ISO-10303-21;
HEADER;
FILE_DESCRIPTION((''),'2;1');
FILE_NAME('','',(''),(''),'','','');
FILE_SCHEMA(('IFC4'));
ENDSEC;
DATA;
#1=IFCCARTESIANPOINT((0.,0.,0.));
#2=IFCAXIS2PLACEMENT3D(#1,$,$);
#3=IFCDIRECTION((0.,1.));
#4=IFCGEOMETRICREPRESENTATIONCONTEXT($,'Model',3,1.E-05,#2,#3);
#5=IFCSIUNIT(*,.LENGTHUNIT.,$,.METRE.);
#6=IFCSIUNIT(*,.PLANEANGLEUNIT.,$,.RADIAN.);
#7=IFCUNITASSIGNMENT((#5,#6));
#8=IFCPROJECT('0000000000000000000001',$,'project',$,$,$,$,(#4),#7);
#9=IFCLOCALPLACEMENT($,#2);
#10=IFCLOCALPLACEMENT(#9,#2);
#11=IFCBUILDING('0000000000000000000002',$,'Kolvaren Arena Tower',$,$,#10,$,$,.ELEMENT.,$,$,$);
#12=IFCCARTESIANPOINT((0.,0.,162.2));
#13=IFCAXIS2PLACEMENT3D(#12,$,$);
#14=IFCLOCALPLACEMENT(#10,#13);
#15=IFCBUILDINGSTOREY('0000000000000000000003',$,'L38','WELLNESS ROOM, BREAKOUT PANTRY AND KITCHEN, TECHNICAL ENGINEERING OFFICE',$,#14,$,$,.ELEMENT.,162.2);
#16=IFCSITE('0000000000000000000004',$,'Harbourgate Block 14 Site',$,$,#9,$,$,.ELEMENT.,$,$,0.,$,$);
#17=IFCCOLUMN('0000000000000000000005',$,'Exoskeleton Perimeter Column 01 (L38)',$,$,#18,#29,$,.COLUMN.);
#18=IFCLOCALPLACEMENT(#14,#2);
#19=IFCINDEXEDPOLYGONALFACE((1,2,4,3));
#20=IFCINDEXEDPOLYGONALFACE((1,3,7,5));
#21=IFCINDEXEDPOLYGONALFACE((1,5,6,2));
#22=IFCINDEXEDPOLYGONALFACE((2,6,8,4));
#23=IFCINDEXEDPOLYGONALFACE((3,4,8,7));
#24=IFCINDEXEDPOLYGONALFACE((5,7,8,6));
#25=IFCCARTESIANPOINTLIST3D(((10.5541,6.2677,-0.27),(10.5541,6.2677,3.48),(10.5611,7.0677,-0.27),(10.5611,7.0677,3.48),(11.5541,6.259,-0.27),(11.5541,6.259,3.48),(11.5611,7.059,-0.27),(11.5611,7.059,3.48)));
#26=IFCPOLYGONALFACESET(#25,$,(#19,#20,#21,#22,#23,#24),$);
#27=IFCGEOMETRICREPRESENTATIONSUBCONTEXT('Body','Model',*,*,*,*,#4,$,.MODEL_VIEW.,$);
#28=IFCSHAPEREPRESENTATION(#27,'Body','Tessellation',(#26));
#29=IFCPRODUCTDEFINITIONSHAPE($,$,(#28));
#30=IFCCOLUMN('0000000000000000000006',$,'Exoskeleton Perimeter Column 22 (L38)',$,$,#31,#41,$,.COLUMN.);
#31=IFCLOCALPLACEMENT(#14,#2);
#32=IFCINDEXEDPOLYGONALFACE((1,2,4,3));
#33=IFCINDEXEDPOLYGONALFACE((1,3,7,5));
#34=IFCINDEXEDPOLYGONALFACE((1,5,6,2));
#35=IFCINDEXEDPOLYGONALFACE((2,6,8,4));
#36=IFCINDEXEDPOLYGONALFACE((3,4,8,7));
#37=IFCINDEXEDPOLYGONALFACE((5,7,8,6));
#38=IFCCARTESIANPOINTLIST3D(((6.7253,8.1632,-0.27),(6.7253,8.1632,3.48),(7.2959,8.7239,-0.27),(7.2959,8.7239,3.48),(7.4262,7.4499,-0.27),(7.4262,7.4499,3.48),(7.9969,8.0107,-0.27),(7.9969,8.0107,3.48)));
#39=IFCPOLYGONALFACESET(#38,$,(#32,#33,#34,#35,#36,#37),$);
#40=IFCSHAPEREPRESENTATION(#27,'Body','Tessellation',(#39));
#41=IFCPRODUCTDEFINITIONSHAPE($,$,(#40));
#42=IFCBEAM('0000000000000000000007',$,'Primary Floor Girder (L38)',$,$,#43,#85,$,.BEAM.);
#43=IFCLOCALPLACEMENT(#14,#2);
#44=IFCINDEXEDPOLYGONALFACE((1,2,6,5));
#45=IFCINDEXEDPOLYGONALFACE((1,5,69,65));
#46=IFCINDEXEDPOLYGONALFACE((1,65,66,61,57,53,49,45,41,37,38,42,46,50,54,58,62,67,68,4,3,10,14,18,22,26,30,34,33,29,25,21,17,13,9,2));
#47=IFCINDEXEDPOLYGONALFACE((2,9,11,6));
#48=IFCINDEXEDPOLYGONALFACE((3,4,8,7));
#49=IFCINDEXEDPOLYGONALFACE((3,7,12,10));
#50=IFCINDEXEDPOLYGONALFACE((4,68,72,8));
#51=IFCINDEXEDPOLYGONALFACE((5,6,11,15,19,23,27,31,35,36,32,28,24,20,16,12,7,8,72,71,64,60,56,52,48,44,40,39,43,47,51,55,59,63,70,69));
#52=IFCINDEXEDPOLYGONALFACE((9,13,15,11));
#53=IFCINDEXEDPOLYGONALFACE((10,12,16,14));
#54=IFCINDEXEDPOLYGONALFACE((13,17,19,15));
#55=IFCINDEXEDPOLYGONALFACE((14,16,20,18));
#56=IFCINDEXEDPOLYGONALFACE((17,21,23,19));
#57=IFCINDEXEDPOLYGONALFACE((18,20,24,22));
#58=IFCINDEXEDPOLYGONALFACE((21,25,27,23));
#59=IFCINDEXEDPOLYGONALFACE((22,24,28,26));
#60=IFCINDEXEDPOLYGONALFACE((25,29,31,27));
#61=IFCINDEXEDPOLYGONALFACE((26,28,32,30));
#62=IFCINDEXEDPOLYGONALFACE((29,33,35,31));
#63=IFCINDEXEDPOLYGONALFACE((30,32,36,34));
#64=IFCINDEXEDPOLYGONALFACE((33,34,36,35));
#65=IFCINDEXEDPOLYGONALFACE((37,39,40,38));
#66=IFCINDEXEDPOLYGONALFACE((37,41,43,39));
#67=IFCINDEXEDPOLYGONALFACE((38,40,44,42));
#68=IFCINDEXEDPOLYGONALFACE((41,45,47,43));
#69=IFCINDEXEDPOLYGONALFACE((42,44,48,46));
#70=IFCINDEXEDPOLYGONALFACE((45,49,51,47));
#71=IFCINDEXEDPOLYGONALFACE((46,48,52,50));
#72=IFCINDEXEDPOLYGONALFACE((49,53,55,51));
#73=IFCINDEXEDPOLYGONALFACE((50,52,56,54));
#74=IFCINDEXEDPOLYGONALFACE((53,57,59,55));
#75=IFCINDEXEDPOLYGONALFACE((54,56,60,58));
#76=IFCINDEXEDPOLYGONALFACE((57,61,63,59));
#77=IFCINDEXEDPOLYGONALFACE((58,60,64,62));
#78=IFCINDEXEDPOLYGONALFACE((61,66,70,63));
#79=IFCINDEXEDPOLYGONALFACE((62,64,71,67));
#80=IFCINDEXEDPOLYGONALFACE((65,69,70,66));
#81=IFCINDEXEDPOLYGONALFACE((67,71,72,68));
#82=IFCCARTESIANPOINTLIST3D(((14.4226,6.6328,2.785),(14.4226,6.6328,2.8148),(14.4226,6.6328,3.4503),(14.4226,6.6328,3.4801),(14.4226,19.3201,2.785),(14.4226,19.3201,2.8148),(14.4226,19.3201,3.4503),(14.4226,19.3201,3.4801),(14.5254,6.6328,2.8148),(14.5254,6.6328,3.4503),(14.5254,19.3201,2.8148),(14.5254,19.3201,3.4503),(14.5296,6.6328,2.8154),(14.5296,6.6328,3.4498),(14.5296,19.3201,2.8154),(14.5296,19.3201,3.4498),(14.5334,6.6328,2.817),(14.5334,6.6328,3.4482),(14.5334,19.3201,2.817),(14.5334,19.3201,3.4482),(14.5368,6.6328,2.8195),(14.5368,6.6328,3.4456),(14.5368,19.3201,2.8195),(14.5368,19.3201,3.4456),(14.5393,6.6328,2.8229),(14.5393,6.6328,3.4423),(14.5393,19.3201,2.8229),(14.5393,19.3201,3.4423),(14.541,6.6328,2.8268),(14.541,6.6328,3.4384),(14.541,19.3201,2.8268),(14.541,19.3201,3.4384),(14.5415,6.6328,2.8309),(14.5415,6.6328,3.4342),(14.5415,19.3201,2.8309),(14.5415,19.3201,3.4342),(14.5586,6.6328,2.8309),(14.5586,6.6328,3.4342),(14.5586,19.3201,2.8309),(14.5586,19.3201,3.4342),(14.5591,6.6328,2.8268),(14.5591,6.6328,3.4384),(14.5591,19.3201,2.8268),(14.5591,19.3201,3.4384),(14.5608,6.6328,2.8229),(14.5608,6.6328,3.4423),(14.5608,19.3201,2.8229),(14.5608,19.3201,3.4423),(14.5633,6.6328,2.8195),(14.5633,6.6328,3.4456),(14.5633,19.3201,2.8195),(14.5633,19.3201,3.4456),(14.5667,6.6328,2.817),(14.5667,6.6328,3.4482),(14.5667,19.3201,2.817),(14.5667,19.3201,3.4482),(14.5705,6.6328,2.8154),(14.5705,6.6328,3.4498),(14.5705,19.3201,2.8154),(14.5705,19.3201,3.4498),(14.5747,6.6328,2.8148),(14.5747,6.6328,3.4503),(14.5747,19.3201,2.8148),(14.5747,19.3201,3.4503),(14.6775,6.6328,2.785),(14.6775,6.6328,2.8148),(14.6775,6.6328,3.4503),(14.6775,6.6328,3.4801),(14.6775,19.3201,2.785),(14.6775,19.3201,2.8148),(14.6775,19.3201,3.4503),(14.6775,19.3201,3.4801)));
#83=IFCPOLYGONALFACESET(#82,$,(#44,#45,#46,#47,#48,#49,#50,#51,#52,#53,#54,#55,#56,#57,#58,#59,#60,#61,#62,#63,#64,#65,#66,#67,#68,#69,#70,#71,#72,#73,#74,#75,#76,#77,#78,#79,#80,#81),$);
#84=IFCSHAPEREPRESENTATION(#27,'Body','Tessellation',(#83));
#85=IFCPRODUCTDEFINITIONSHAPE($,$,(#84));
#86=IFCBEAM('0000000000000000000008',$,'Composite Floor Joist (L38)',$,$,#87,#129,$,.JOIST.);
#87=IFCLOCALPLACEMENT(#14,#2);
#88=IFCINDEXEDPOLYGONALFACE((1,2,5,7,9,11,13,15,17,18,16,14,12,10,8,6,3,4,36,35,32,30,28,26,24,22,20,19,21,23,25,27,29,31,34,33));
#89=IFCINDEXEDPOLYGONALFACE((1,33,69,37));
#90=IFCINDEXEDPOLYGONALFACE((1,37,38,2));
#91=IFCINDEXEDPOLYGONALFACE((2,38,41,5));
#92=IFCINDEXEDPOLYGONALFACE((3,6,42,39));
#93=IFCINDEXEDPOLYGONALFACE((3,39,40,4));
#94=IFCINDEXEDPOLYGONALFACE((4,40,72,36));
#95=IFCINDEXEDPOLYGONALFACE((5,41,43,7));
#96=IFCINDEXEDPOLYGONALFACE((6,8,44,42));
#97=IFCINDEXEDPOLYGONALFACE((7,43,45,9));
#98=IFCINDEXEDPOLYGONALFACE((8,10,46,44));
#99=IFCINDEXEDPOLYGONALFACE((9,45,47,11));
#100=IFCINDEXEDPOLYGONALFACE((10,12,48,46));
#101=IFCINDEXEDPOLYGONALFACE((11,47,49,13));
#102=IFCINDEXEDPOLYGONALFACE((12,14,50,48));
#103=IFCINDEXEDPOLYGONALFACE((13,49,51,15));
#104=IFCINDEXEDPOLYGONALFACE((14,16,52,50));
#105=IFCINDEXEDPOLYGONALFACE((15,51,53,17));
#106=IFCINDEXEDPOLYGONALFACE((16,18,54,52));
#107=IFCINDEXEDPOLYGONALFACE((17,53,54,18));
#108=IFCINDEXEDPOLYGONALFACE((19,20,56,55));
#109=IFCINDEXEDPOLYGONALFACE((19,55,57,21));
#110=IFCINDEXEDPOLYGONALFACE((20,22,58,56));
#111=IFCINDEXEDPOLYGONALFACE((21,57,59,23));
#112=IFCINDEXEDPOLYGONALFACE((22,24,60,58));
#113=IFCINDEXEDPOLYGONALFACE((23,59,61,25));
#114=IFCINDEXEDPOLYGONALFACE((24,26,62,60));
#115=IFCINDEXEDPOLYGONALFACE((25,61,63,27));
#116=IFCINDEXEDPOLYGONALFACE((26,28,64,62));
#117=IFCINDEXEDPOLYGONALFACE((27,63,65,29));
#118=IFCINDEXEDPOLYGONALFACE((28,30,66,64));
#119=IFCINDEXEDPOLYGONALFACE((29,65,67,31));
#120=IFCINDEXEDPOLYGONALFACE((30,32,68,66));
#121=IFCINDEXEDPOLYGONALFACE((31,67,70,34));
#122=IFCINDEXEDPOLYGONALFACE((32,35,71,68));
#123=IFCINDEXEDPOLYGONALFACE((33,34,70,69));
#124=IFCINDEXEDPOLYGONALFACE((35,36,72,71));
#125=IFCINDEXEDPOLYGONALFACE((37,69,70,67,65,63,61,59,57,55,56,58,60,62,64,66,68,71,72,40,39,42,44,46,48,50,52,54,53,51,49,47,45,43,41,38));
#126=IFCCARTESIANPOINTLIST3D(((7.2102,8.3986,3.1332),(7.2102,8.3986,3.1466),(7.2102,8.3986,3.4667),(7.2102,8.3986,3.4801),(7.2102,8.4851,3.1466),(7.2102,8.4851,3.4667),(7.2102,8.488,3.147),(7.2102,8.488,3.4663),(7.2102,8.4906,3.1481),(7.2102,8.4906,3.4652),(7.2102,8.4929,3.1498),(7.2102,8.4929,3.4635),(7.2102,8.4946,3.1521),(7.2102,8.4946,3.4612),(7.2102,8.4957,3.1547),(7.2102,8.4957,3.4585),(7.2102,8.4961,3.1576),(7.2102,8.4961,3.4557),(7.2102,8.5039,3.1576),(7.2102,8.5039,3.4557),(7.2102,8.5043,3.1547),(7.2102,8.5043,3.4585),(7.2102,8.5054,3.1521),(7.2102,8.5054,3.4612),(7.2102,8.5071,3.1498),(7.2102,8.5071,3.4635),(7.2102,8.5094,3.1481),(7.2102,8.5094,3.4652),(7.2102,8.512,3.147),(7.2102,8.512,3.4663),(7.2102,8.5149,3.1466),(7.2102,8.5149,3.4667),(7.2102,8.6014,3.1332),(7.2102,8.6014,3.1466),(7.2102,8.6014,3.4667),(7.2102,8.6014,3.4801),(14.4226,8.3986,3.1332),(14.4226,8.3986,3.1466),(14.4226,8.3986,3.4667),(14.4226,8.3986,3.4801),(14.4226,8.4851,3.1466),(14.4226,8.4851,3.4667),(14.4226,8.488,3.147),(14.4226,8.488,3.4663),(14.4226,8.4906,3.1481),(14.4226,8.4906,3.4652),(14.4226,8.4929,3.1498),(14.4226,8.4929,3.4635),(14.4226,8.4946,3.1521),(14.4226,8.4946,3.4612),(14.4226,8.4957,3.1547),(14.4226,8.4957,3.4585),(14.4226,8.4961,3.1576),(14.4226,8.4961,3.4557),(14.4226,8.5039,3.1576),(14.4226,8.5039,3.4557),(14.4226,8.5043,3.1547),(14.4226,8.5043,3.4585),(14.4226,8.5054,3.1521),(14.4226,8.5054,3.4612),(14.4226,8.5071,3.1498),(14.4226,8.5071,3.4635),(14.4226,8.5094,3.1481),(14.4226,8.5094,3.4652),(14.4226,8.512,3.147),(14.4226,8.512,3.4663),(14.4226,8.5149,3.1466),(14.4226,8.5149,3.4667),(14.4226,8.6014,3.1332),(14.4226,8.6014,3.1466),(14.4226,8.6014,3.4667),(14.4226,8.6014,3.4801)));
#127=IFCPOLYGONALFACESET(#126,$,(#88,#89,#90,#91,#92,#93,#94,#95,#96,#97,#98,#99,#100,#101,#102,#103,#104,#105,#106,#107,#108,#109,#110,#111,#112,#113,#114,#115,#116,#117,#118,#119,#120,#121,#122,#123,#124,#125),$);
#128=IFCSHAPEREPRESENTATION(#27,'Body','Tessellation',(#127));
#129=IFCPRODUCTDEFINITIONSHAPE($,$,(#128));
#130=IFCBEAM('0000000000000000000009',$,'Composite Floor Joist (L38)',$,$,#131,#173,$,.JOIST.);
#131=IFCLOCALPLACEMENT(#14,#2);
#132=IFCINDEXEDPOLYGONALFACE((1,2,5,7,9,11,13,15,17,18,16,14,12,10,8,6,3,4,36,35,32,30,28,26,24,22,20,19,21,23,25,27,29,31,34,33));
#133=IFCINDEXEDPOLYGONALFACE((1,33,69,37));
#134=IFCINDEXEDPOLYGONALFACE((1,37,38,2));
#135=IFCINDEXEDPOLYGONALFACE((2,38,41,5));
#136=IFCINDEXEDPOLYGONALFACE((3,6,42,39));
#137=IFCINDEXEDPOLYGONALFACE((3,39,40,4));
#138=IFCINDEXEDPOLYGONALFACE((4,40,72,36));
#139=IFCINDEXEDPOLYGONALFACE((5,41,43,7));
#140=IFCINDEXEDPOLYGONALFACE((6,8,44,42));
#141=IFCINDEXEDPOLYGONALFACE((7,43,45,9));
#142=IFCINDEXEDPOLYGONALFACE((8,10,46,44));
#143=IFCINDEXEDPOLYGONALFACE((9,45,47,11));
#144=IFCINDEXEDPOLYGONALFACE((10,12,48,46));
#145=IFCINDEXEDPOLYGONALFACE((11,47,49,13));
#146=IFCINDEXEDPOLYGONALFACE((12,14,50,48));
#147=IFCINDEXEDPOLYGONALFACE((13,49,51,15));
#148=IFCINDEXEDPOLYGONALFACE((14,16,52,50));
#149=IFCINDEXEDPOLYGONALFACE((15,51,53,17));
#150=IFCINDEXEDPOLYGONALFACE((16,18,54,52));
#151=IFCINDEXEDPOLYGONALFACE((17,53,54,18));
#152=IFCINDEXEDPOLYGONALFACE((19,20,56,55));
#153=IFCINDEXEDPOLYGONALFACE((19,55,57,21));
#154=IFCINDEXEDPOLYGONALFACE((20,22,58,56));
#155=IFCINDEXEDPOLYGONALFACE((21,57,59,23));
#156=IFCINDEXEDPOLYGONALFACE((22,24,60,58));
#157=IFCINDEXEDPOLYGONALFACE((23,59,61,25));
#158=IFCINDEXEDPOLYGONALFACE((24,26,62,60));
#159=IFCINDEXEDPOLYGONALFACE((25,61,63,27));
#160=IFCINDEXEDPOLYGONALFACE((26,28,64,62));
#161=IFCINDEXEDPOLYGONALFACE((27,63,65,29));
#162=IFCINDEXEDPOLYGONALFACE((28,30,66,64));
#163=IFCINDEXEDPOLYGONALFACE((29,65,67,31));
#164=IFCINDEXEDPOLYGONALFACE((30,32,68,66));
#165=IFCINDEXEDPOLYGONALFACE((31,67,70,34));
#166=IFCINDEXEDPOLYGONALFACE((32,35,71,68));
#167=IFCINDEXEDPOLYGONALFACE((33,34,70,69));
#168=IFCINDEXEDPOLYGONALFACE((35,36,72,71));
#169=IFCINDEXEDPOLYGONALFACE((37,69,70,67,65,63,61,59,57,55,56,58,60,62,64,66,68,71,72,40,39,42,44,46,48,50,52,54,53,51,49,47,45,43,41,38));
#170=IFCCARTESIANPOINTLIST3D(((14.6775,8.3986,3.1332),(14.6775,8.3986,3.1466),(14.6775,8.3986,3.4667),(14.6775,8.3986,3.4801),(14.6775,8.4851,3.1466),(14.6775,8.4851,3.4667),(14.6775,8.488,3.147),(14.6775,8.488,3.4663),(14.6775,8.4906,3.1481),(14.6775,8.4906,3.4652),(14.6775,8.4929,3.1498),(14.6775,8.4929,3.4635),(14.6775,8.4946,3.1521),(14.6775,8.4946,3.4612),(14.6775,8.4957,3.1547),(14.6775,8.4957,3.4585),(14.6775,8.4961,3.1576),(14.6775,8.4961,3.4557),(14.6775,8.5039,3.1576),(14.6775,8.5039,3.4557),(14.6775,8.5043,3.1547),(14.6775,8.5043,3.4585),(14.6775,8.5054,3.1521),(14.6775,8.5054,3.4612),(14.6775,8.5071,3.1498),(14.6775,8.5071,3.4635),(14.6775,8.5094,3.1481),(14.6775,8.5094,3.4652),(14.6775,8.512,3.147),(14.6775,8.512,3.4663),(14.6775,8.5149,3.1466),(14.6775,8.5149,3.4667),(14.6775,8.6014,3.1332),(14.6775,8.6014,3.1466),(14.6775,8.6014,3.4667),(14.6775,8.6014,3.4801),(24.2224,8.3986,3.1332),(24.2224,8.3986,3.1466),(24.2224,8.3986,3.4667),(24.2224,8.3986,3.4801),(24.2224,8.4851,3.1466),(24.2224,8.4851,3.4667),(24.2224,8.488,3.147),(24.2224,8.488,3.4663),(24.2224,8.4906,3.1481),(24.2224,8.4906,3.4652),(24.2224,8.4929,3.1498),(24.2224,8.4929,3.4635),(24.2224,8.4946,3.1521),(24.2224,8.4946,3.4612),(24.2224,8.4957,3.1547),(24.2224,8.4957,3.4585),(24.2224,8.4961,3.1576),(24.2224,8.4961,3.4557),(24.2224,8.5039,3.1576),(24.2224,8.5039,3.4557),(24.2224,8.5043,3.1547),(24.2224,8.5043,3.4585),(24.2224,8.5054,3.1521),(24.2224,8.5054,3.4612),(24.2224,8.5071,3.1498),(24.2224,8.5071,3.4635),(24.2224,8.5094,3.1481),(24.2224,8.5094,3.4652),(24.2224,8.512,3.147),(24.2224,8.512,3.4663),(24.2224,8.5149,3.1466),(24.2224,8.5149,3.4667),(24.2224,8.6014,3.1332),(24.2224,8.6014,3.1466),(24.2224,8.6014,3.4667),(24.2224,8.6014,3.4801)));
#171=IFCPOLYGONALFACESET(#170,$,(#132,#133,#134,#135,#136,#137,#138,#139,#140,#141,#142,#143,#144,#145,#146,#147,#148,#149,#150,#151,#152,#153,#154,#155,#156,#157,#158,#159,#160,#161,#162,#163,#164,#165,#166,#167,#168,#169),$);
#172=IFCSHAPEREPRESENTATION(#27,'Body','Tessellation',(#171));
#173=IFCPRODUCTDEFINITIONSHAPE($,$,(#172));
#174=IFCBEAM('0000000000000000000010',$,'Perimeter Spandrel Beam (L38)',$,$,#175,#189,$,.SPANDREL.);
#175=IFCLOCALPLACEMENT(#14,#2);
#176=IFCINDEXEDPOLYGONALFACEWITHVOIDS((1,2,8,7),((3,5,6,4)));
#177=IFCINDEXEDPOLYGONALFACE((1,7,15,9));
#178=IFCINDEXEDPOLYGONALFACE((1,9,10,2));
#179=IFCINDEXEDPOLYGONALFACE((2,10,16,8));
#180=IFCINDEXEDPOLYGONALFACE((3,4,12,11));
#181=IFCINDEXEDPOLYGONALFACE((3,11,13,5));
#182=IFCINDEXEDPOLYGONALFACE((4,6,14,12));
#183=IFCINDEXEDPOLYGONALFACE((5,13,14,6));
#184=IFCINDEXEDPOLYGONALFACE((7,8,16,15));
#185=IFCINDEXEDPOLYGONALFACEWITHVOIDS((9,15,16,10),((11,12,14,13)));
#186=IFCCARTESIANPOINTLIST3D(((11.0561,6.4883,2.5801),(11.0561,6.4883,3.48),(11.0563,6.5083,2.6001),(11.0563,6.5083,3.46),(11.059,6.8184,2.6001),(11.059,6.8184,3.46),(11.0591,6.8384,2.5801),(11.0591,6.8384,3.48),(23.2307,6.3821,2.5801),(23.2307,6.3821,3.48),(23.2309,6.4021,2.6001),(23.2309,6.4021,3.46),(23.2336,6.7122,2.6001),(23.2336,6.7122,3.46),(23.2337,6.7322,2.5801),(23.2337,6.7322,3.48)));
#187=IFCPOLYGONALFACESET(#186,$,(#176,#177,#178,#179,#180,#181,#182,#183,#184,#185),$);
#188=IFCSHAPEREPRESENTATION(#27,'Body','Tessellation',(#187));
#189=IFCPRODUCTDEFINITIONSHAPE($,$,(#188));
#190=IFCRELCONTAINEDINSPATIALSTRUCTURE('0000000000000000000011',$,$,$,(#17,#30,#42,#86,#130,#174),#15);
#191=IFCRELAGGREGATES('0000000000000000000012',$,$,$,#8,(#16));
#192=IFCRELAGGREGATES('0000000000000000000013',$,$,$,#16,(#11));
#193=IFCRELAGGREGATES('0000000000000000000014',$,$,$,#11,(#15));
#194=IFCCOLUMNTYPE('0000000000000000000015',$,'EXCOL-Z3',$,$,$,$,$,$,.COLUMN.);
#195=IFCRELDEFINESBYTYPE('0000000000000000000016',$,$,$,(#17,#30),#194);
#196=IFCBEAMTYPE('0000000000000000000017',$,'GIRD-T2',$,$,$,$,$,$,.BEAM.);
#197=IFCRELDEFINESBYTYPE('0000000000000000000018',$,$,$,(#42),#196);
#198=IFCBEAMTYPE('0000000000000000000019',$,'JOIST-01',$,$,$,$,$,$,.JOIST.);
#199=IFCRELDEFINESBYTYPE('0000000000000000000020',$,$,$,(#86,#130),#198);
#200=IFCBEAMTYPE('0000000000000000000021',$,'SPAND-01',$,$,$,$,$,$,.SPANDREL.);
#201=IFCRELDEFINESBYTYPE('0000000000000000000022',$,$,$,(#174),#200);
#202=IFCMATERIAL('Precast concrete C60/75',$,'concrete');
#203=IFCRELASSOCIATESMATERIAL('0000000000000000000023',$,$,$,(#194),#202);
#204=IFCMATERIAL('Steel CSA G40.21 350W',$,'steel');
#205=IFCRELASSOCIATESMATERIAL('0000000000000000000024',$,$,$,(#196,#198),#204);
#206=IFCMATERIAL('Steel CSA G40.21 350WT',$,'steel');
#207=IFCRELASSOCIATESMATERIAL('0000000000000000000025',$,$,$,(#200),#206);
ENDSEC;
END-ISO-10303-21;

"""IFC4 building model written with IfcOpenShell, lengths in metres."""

from ifc_helpers import new_model, si_unit, direction, frame, origin, origin_2d, place, context, subcontext, project, spatial, rectangle, hollow_rectangle, i_section, extrude, material, material_profile, profile_set, type_object, element, save


model = new_model("IFC4")

# Units and contexts
model_context = context("Model", 3, precision=1e-05, world=origin(), true_north=direction((0.0, 1.0)))
body_context = subcontext(model_context, "Body", "Model", "MODEL_VIEW")
ifc_project = project(units=[si_unit("LENGTHUNIT", "METRE"), si_unit("PLANEANGLEUNIT", "RADIAN")], contexts=[model_context])

# Site, building, storey
site_placement = place(None, origin())
site = spatial("IfcSite", under=ifc_project, at=site_placement, Name="Harbourgate Block 14 Site", CompositionType="ELEMENT", RefElevation=0.0)
building_placement = place(site_placement, origin())
building = spatial("IfcBuilding", under=site, at=building_placement, Name="Kolvaren Arena Tower", CompositionType="ELEMENT")
storey_placement = place(building_placement, frame((0.0, 0.0, 162.2)))
storey = spatial("IfcBuildingStorey", under=building, at=storey_placement, Name="L38", Description="WELLNESS ROOM, BREAKOUT PANTRY AND KITCHEN, TECHNICAL ENGINEERING OFFICE", CompositionType="ELEMENT", Elevation=162.2)

# Columns
ifc_material_1 = material(Name="Precast concrete C60/75", Category="concrete")
ifc_material_profile_1 = material_profile(ifc_material_1, rectangle(XDim=1.0, YDim=0.8, at=origin_2d()), Name="RC-1000x800")
ifc_profile_set_1 = profile_set([ifc_material_profile_1], Name="Precast concrete C60/75")
column_type = type_object("IfcColumnType", Name="EXCOL-Z3", PredefinedType="COLUMN", material=ifc_profile_set_1)
for number, where, z_axis, x_axis, name in (
    (1, (11.0576, 6.6633, -0.27), (0.0, 0.0, 1.0), (0.999962, -0.008727, 0.0), "Exoskeleton Perimeter Column 01 (L38)"),
    (2, (7.3611, 8.0869, -0.27), (0.0, 0.0, 1.0), (-0.700909, 0.71325, 0.0), "Exoskeleton Perimeter Column 22 (L38)"),
):
    element("IfcColumn", number, at=place(storey_placement, frame(where, z_axis=z_axis, x_axis=x_axis)), inside=storey, type_object=column_type, Name=name, PredefinedType="COLUMN", context=body_context, shape_type="SweptSolid", body=[
        extrude(rectangle(XDim=1.0, YDim=0.8, at=origin_2d()), origin(), (0.0, 0.0, 1.0), 3.75),
    ])

# Beams
ifc_material_2 = material(Name="Steel CSA G40.21 350W", Category="steel")
ifc_material_profile_2 = material_profile(ifc_material_2, i_section(OverallWidth=0.2549, OverallDepth=0.6951, WebThickness=0.0171, FlangeThickness=0.0298, FilletRadius=0.0161, at=origin_2d()), Name="W690x217")
ifc_profile_set_2 = profile_set([ifc_material_profile_2], Name="Steel CSA G40.21 350W")
beam_type_1 = type_object("IfcBeamType", Name="GIRD-T2", PredefinedType="BEAM", material=ifc_profile_set_2)
beam_1_placement = place(storey_placement, frame((14.55, 6.6328, 3.1326), z_axis=(0.0, 1.0, 0.0), x_axis=(-1.0, 0.0, 0.0)))
element("IfcBeam", 3, at=beam_1_placement, inside=storey, type_object=beam_type_1, Name="Primary Floor Girder (L38)", PredefinedType="BEAM", context=body_context, shape_type="SweptSolid", body=[
    extrude(i_section(OverallWidth=0.2549, OverallDepth=0.6951, WebThickness=0.0171, FlangeThickness=0.0298, FilletRadius=0.0161, at=origin_2d()), origin(), (0.0, 0.0, 1.0), 12.6873),
])
ifc_material_profile_3 = material_profile(ifc_material_2, i_section(OverallWidth=0.2029, OverallDepth=0.3469, WebThickness=0.0078, FlangeThickness=0.0134, FilletRadius=0.011, at=origin_2d()), Name="W360x64")
ifc_profile_set_3 = profile_set([ifc_material_profile_3], Name="Steel CSA G40.21 350W")
beam_type_2 = type_object("IfcBeamType", Name="JOIST-01", PredefinedType="JOIST", material=ifc_profile_set_3)
beam_2_placement = place(storey_placement, frame((7.2102, 8.5, 3.3066), z_axis=(1.0, 0.0, 0.0), x_axis=(0.0, 1.0, 0.0)))
element("IfcBeam", 4, at=beam_2_placement, inside=storey, type_object=beam_type_2, Name="Composite Floor Joist (L38)", PredefinedType="JOIST", context=body_context, shape_type="SweptSolid", body=[
    extrude(i_section(OverallWidth=0.2029, OverallDepth=0.3469, WebThickness=0.0078, FlangeThickness=0.0134, FilletRadius=0.011, at=origin_2d()), origin(), (0.0, 0.0, 1.0), 7.2124),
])
beam_3_placement = place(storey_placement, frame((14.6775, 8.5, 3.3066), z_axis=(1.0, 0.0, 0.0), x_axis=(0.0, 1.0, 0.0)))
element("IfcBeam", 5, at=beam_3_placement, inside=storey, type_object=beam_type_2, Name="Composite Floor Joist (L38)", PredefinedType="JOIST", context=body_context, shape_type="SweptSolid", body=[
    extrude(i_section(OverallWidth=0.2029, OverallDepth=0.3469, WebThickness=0.0078, FlangeThickness=0.0134, FilletRadius=0.011, at=origin_2d()), origin(), (0.0, 0.0, 1.0), 9.5449),
])
ifc_material_3 = material(Name="Steel CSA G40.21 350WT", Category="steel")
ifc_material_profile_4 = material_profile(ifc_material_3, hollow_rectangle(XDim=0.3501, YDim=0.8999, WallThickness=0.02, at=origin_2d()), Name="HSS 900x350x20")
ifc_profile_set_4 = profile_set([ifc_material_profile_4], Name="Steel CSA G40.21 350WT")
beam_type_3 = type_object("IfcBeamType", Name="SPAND-01", PredefinedType="SPANDREL", material=ifc_profile_set_4)
beam_4_placement = place(storey_placement, frame((11.0576, 6.6633, 3.03), z_axis=(0.999962, -0.008723, 0.0), x_axis=(0.008723, 0.999962, 0.0)))
element("IfcBeam", 6, at=beam_4_placement, inside=storey, type_object=beam_type_3, Name="Perimeter Spandrel Beam (L38)", PredefinedType="SPANDREL", context=body_context, shape_type="SweptSolid", body=[
    extrude(hollow_rectangle(XDim=0.3501, YDim=0.8999, WallThickness=0.02, at=origin_2d()), origin(), (0.0, 0.0, 1.0), 12.175),
])

save(model, "model.ifc")
